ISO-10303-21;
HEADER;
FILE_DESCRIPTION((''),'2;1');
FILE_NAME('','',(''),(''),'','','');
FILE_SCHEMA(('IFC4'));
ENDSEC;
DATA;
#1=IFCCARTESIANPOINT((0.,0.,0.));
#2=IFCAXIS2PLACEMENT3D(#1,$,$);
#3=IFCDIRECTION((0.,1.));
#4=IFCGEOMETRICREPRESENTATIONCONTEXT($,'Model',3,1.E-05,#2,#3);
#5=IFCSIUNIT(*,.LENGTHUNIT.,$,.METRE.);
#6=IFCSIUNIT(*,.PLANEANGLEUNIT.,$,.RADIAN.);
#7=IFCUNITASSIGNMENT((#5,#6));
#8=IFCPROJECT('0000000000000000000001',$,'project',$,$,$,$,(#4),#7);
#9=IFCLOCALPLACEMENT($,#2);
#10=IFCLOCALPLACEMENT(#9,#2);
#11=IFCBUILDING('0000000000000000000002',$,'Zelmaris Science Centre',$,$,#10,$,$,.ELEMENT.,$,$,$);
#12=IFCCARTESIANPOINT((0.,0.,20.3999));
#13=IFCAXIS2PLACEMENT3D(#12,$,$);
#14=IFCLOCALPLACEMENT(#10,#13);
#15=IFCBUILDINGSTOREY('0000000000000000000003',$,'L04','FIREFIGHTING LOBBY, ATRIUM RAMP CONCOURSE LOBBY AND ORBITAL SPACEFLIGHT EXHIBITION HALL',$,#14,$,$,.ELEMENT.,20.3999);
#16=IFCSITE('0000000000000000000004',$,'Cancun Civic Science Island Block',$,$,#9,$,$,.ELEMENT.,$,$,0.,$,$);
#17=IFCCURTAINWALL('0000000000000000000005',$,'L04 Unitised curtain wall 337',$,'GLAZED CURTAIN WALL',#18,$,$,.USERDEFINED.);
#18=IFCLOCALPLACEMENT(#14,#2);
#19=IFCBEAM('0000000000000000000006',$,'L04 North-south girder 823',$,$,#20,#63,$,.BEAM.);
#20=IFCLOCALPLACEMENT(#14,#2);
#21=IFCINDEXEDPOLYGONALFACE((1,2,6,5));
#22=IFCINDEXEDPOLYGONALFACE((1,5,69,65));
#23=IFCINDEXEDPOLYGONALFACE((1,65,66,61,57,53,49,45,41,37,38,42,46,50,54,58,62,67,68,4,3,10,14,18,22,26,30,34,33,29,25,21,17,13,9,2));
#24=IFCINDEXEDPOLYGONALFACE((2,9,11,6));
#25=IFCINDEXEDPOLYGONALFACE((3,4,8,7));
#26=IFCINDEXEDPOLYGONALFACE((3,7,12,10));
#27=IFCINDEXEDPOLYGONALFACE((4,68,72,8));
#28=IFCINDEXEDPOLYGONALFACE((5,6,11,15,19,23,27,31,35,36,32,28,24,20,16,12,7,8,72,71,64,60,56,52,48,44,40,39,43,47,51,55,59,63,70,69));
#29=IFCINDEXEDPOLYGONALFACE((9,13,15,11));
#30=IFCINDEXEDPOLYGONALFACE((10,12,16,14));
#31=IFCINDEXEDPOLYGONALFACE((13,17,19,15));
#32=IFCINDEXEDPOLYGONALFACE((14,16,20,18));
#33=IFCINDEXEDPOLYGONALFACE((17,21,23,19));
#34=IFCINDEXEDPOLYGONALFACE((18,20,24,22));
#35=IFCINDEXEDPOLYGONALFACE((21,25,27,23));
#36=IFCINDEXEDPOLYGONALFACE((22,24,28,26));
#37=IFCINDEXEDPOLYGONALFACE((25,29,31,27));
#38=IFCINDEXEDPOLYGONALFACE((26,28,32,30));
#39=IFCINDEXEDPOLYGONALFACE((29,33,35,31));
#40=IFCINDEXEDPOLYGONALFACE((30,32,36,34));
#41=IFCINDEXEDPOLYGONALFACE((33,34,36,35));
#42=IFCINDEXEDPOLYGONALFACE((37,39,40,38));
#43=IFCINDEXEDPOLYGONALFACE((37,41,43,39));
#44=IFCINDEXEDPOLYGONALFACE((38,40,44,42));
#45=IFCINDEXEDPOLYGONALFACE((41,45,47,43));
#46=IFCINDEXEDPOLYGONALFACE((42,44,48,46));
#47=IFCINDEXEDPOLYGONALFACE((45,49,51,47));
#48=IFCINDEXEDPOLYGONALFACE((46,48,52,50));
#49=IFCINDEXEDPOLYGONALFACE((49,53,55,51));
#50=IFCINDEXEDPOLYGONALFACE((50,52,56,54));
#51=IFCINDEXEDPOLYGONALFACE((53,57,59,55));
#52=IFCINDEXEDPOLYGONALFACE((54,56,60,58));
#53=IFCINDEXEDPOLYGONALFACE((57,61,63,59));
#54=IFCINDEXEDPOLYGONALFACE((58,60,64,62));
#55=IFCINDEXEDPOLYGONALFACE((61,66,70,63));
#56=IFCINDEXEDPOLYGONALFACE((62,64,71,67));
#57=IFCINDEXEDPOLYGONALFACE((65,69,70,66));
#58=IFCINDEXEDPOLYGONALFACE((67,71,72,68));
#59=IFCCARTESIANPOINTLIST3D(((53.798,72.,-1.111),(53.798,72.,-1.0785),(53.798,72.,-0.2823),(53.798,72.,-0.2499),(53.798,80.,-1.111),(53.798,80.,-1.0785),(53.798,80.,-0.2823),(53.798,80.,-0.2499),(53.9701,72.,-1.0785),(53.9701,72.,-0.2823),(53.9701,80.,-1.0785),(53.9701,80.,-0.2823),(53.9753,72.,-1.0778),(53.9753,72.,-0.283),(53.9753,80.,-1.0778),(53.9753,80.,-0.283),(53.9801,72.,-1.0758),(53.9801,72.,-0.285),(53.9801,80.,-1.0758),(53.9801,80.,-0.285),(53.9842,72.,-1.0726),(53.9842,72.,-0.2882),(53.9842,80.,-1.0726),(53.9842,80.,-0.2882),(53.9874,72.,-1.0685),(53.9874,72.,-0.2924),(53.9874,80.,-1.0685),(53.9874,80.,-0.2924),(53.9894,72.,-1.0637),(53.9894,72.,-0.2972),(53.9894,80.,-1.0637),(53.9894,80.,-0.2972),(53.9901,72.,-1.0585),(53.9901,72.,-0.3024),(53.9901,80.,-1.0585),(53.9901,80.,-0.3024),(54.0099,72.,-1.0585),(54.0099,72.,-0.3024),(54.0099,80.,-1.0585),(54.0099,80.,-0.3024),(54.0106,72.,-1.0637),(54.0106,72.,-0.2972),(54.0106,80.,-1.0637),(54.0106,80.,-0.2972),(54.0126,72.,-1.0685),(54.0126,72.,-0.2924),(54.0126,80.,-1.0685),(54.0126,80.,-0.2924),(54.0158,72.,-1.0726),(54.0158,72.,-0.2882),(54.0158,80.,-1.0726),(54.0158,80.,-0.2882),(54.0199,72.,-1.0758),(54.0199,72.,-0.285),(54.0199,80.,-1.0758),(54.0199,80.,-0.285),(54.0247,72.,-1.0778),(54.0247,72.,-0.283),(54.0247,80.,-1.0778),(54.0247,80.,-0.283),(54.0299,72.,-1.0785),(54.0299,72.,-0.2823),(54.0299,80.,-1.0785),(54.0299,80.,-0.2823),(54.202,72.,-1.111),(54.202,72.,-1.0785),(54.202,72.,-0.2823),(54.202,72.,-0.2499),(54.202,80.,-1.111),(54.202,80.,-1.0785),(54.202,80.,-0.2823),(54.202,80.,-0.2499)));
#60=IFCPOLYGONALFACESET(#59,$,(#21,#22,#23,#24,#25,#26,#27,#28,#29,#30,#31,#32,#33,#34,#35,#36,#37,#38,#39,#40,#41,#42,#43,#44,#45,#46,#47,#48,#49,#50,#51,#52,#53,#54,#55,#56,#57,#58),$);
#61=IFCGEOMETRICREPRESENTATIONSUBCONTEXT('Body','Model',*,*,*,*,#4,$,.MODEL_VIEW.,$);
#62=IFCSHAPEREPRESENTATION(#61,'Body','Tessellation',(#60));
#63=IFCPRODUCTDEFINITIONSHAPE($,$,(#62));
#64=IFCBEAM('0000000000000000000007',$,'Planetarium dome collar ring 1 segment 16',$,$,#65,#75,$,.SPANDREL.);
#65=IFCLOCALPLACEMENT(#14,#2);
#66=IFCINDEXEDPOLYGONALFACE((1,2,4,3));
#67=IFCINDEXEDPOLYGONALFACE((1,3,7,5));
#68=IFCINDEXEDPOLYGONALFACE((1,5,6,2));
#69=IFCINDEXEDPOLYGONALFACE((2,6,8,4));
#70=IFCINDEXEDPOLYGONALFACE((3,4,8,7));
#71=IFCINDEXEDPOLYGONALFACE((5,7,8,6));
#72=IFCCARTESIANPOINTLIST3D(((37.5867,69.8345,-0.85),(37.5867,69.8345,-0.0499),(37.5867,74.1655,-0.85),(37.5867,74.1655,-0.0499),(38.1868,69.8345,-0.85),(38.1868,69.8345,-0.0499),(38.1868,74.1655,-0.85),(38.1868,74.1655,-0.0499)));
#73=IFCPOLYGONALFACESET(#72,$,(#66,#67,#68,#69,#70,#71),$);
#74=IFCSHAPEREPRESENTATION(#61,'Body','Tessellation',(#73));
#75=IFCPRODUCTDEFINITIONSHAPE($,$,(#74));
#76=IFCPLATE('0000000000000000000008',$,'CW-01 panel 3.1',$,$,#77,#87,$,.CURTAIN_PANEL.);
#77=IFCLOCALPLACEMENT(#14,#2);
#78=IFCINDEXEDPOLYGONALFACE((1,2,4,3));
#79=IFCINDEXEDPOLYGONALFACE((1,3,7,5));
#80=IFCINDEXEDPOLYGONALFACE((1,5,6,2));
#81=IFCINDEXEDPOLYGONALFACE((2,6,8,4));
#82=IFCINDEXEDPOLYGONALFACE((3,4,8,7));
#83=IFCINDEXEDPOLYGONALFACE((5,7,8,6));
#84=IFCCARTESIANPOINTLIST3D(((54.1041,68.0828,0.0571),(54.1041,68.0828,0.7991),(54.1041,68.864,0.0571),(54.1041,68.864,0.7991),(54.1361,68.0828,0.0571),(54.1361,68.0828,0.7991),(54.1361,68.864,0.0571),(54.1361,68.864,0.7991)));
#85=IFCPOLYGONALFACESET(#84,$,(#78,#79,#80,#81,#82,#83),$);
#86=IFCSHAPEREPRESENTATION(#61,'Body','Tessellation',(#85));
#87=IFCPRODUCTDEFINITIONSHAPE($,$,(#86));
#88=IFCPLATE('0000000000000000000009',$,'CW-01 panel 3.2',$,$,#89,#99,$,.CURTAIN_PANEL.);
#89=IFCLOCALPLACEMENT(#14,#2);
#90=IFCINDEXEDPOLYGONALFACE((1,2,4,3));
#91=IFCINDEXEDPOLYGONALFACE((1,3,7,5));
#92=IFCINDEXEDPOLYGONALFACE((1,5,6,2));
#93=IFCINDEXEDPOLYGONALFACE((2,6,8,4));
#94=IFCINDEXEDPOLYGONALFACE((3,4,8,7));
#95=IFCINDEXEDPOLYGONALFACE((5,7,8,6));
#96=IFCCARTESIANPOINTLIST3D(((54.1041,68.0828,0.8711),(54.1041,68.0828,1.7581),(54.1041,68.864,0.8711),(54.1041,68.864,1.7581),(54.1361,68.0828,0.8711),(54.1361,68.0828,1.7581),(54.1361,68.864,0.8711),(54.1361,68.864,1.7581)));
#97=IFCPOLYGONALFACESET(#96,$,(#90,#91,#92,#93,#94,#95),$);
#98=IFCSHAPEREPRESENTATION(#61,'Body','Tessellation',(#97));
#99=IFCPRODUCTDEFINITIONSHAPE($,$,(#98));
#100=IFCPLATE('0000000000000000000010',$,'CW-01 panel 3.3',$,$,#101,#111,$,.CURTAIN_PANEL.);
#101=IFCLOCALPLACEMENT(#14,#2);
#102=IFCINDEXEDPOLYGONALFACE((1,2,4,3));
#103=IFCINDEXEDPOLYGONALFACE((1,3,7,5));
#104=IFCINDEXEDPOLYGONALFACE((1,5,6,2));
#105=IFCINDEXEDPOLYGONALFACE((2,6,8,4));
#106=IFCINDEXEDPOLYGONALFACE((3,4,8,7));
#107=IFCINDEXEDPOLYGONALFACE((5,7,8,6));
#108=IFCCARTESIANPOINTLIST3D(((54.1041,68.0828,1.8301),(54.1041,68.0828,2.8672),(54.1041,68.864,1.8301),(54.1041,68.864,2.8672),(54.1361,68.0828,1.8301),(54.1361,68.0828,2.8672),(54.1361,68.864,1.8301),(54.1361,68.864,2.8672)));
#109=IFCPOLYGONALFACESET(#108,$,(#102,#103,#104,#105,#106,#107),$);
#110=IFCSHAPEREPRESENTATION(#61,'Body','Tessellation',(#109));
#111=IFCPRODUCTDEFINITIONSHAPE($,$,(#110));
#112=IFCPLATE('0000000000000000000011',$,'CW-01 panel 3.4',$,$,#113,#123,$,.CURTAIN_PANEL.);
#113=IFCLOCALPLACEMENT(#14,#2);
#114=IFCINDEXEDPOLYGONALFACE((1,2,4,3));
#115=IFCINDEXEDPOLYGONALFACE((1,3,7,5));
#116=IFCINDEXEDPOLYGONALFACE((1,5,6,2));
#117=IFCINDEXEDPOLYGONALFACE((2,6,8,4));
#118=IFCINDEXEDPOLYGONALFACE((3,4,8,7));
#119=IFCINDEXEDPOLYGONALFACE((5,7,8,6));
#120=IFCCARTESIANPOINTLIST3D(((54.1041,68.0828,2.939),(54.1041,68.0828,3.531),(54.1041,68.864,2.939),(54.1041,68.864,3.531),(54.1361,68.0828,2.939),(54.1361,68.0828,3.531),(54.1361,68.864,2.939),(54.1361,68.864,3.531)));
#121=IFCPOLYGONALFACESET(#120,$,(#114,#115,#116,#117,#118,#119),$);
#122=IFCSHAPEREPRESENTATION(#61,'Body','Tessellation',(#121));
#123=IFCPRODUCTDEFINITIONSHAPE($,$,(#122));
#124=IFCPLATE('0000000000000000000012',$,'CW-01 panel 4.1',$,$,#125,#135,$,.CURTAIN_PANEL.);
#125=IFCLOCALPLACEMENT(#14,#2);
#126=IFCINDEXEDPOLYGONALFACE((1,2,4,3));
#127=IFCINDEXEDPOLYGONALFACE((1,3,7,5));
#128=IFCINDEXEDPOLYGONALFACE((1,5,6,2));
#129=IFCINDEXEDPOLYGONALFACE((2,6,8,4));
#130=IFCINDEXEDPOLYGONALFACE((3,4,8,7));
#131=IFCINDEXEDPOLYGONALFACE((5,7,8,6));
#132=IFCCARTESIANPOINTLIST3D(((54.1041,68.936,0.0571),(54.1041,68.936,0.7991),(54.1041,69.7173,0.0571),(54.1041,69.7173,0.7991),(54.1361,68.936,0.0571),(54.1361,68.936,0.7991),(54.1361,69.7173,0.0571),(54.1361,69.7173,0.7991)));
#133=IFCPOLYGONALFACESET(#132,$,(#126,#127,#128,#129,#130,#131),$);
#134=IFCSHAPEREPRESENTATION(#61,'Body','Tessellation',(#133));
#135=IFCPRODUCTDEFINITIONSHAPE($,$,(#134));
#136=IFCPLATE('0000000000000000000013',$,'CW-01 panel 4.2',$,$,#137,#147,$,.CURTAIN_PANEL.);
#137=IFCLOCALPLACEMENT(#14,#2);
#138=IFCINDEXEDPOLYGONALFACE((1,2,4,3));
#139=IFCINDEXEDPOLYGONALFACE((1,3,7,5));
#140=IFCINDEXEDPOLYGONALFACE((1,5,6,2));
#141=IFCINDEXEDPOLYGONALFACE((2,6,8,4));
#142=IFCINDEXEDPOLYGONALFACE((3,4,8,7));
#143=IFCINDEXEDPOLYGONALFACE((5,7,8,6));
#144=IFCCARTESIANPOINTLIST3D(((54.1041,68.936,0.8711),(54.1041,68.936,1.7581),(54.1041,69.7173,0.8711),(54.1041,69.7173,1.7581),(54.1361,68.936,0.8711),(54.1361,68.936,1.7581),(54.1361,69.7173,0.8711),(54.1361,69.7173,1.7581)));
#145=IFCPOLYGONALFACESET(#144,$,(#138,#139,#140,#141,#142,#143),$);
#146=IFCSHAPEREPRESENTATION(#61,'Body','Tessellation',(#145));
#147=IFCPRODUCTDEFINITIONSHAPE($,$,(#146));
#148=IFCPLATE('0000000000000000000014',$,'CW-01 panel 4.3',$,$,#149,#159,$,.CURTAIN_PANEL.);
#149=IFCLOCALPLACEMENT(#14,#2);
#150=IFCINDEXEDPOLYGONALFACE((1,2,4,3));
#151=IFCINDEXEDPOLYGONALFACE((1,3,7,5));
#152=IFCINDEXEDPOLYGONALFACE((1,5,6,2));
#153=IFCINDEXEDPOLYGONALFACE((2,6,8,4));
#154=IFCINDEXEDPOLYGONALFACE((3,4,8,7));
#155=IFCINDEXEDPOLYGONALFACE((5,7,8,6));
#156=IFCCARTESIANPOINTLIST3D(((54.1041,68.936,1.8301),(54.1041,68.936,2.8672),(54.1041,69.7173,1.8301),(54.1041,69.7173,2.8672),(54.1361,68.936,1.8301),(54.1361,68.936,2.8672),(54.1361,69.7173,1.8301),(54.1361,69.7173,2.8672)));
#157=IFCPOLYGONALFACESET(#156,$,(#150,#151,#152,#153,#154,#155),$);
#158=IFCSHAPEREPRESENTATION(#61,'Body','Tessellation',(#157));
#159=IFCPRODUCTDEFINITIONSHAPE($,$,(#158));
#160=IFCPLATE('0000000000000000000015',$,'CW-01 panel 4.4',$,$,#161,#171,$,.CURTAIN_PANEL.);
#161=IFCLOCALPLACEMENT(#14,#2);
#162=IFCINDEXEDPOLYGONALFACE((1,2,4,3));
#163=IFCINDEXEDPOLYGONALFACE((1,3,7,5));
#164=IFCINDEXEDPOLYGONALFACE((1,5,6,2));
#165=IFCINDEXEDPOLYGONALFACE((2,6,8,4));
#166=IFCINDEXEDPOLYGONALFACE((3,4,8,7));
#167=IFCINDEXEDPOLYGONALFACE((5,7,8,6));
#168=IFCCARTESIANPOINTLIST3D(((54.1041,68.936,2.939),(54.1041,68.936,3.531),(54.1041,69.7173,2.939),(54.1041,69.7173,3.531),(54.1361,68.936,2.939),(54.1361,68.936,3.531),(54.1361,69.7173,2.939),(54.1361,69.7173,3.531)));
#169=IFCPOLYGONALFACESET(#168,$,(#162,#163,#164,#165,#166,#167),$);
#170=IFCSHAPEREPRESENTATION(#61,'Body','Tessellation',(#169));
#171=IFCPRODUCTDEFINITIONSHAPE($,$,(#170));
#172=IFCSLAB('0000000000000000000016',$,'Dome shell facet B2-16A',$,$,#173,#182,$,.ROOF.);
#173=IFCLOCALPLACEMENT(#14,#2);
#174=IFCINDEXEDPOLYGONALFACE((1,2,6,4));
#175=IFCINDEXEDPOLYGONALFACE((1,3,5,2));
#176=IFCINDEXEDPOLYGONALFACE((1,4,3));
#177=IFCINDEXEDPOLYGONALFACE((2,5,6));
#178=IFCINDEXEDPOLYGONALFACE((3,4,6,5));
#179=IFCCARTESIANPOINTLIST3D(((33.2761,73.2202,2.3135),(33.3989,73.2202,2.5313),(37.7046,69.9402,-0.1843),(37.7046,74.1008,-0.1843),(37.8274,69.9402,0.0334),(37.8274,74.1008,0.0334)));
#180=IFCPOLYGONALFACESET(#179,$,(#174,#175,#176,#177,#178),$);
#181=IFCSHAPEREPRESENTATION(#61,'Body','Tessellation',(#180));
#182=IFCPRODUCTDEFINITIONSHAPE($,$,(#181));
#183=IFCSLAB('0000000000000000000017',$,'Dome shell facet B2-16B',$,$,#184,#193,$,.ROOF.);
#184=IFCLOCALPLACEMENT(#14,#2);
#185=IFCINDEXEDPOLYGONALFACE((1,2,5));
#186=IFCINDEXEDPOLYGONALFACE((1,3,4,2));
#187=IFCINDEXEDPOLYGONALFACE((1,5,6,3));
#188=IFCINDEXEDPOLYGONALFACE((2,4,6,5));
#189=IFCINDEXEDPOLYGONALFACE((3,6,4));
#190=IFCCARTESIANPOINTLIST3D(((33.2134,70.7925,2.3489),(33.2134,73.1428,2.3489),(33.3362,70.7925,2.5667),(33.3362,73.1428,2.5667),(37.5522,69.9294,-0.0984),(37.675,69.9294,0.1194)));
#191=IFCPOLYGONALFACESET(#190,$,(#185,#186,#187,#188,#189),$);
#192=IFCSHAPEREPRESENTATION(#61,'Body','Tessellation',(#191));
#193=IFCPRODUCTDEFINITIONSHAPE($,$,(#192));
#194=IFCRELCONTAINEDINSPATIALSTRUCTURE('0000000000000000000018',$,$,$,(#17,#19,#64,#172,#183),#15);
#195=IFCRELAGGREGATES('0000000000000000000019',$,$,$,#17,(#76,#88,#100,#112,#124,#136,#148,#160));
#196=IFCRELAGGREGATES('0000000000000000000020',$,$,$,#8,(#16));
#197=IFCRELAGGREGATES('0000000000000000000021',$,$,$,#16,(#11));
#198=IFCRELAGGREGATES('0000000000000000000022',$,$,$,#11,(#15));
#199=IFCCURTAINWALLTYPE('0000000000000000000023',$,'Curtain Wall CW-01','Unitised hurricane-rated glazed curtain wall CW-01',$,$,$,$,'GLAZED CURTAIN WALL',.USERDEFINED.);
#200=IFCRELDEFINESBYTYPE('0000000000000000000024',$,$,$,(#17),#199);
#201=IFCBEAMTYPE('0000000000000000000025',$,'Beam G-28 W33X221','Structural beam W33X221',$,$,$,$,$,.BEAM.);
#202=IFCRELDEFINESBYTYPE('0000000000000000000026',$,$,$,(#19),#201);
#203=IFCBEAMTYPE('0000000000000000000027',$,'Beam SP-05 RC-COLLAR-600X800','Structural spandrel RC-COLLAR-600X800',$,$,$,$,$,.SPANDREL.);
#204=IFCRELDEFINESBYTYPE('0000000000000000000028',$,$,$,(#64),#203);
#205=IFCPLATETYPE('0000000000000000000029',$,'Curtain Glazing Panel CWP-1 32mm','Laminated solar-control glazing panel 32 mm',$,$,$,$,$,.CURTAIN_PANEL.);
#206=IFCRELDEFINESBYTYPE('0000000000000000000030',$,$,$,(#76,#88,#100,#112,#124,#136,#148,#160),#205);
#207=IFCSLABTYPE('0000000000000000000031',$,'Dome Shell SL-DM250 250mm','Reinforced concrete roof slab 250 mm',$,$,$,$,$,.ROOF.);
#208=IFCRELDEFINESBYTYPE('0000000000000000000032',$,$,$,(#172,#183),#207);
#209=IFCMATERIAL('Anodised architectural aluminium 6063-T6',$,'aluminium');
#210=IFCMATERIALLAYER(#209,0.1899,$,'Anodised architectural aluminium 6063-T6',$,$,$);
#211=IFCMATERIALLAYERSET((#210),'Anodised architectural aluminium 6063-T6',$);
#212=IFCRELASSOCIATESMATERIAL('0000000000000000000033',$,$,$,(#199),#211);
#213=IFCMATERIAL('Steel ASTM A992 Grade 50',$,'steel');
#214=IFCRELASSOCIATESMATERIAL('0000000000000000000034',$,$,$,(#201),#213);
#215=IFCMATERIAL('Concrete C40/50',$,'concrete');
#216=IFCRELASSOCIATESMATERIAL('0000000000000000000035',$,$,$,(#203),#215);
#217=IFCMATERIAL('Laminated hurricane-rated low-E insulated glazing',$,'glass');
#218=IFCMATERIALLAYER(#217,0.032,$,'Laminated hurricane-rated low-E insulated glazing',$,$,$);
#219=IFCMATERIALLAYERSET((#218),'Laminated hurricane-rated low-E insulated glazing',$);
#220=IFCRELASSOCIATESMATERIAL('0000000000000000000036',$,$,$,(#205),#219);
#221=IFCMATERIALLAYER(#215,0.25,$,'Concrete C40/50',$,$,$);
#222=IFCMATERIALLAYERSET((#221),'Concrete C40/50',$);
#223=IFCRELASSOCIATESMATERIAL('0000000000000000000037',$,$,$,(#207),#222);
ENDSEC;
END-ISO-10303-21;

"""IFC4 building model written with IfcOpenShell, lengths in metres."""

from ifc_helpers import new_model, si_unit, direction, frame, origin, origin_2d, place, context, subcontext, project, spatial, polyline, rectangle, i_section, outline, extrude, material, layer, layer_set, material_profile, profile_set, type_object, element, aggregate, save


model = new_model("IFC4")

# Units and contexts
model_context = context("Model", 3, precision=1e-05, world=origin(), true_north=direction((0.0, 1.0)))
body_context = subcontext(model_context, "Body", "Model", "MODEL_VIEW")
ifc_project = project(units=[si_unit("LENGTHUNIT", "METRE"), si_unit("PLANEANGLEUNIT", "RADIAN")], contexts=[model_context])

# Site, building, storey
site_placement = place(None, origin())
site = spatial("IfcSite", under=ifc_project, at=site_placement, Name="Cancun Civic Science Island Block", CompositionType="ELEMENT", RefElevation=0.0)
building_placement = place(site_placement, origin())
building = spatial("IfcBuilding", under=site, at=building_placement, Name="Zelmaris Science Centre", CompositionType="ELEMENT")
storey_placement = place(building_placement, frame((0.0, 0.0, 20.3999)))
storey = spatial("IfcBuildingStorey", under=building, at=storey_placement, Name="L04", Description="FIREFIGHTING LOBBY, ATRIUM RAMP CONCOURSE LOBBY AND ORBITAL SPACEFLIGHT EXHIBITION HALL", CompositionType="ELEMENT", Elevation=20.3999)

# Shared definitions
ifc_material_1 = material(Name="Steel ASTM A992 Grade 50", Category="steel")

# Curtain wall
ifc_material_2 = material(Name="Anodised architectural aluminium 6063-T6", Category="aluminium")
ifc_layer_1 = layer(ifc_material_2, 0.1899, Name="Anodised architectural aluminium 6063-T6")
ifc_layer_set_1 = layer_set([ifc_layer_1], Name="Anodised architectural aluminium 6063-T6")
curtain_wall_type = type_object("IfcCurtainWallType", Name="Curtain Wall CW-01", Description="Unitised hurricane-rated glazed curtain wall CW-01", ElementType="GLAZED CURTAIN WALL", PredefinedType="USERDEFINED", material=ifc_layer_set_1)
curtain_wall_placement = place(storey_placement, origin())
curtain_wall = element("IfcCurtainWall", 1, at=curtain_wall_placement, inside=storey, type_object=curtain_wall_type, Name="L04 Unitised curtain wall 337", ObjectType="GLAZED CURTAIN WALL", PredefinedType="USERDEFINED")

# Beams
ifc_material_profile_1 = material_profile(ifc_material_1, i_section(OverallWidth=0.4041, OverallDepth=0.8611, WebThickness=0.0198, FlangeThickness=0.0325, FilletRadius=0.02, at=origin_2d()), Name="W33X221")
ifc_profile_set_1 = profile_set([ifc_material_profile_1], Name="Steel ASTM A992 Grade 50")
beam_type_1 = type_object("IfcBeamType", Name="Beam G-28 W33X221", Description="Structural beam W33X221", PredefinedType="BEAM", material=ifc_profile_set_1)
beam_1_placement = place(storey_placement, frame((54.0, 72.0, -0.6804), z_axis=(0.0, 1.0, 0.0), x_axis=(-1.0, 0.0, 0.0)))
element("IfcBeam", 2, at=beam_1_placement, inside=storey, type_object=beam_type_1, Name="L04 North-south girder 823", PredefinedType="BEAM", context=body_context, shape_type="SweptSolid", body=[
    extrude(i_section(OverallWidth=0.4041, OverallDepth=0.8611, WebThickness=0.0198, FlangeThickness=0.0325, FilletRadius=0.02, at=origin_2d()), origin(), (0.0, 0.0, 1.0), 8.0),
])
ifc_material_3 = material(Name="Concrete C40/50", Category="concrete")
ifc_material_profile_2 = material_profile(ifc_material_3, rectangle(XDim=0.6001, YDim=0.8, at=origin_2d()), Name="RC-COLLAR-600X800")
ifc_profile_set_2 = profile_set([ifc_material_profile_2], Name="Concrete C40/50")
beam_type_2 = type_object("IfcBeamType", Name="Beam SP-05 RC-COLLAR-600X800", Description="Structural spandrel RC-COLLAR-600X800", PredefinedType="SPANDREL", material=ifc_profile_set_2)
beam_2_placement = place(storey_placement, frame((37.8867, 69.8345, -0.45), z_axis=(0.0, 1.0, 0.0), x_axis=(-1.0, 0.0, 0.0)))
element("IfcBeam", 3, at=beam_2_placement, inside=storey, type_object=beam_type_2, Name="Planetarium dome collar ring 1 segment 16", PredefinedType="SPANDREL", context=body_context, shape_type="SweptSolid", body=[
    extrude(rectangle(XDim=0.6001, YDim=0.8, at=origin_2d()), origin(), (0.0, 0.0, 1.0), 4.3311),
])

# Plates
ifc_material_4 = material(Name="Laminated hurricane-rated low-E insulated glazing", Category="glass")
ifc_layer_2 = layer(ifc_material_4, 0.032, Name="Laminated hurricane-rated low-E insulated glazing")
ifc_layer_set_2 = layer_set([ifc_layer_2], Name="Laminated hurricane-rated low-E insulated glazing")
plate_type = type_object("IfcPlateType", Name="Curtain Glazing Panel CWP-1 32mm", Description="Laminated solar-control glazing panel 32 mm", PredefinedType="CURTAIN_PANEL", material=ifc_layer_set_2)
plate_1_placement = place(storey_placement, frame((54.1201, 68.4734, 0.0571), z_axis=(0.0, 0.0, 1.0), x_axis=(0.0, 1.0, 0.0)))
plate_1 = element("IfcPlate", 4, at=plate_1_placement, type_object=plate_type, Name="CW-01 panel 3.1", PredefinedType="CURTAIN_PANEL", context=body_context, shape_type="SweptSolid", body=[
    extrude(rectangle(XDim=0.7812, YDim=0.032, at=origin_2d()), origin(), (0.0, 0.0, 1.0), 0.7419),
])
plate_2_placement = place(storey_placement, frame((54.1201, 68.4734, 0.8711), z_axis=(0.0, 0.0, 1.0), x_axis=(0.0, 1.0, 0.0)))
plate_2 = element("IfcPlate", 5, at=plate_2_placement, type_object=plate_type, Name="CW-01 panel 3.2", PredefinedType="CURTAIN_PANEL", context=body_context, shape_type="SweptSolid", body=[
    extrude(rectangle(XDim=0.7812, YDim=0.032, at=origin_2d()), origin(), (0.0, 0.0, 1.0), 0.887),
])
plate_3_placement = place(storey_placement, frame((54.1201, 68.4734, 1.8301), z_axis=(0.0, 0.0, 1.0), x_axis=(0.0, 1.0, 0.0)))
plate_3 = element("IfcPlate", 6, at=plate_3_placement, type_object=plate_type, Name="CW-01 panel 3.3", PredefinedType="CURTAIN_PANEL", context=body_context, shape_type="SweptSolid", body=[
    extrude(rectangle(XDim=0.7812, YDim=0.032, at=origin_2d()), origin(), (0.0, 0.0, 1.0), 1.0371),
])
plate_4_placement = place(storey_placement, frame((54.1201, 68.4734, 2.939), z_axis=(0.0, 0.0, 1.0), x_axis=(0.0, 1.0, 0.0)))
plate_4 = element("IfcPlate", 7, at=plate_4_placement, type_object=plate_type, Name="CW-01 panel 3.4", PredefinedType="CURTAIN_PANEL", context=body_context, shape_type="SweptSolid", body=[
    extrude(rectangle(XDim=0.7812, YDim=0.032, at=origin_2d()), origin(), (0.0, 0.0, 1.0), 0.592),
])
plate_5_placement = place(storey_placement, frame((54.1201, 69.3267, 0.0571), z_axis=(0.0, 0.0, 1.0), x_axis=(0.0, 1.0, 0.0)))
plate_5 = element("IfcPlate", 8, at=plate_5_placement, type_object=plate_type, Name="CW-01 panel 4.1", PredefinedType="CURTAIN_PANEL", context=body_context, shape_type="SweptSolid", body=[
    extrude(rectangle(XDim=0.7812, YDim=0.032, at=origin_2d()), origin(), (0.0, 0.0, 1.0), 0.7419),
])
plate_6_placement = place(storey_placement, frame((54.1201, 69.3267, 0.8711), z_axis=(0.0, 0.0, 1.0), x_axis=(0.0, 1.0, 0.0)))
plate_6 = element("IfcPlate", 9, at=plate_6_placement, type_object=plate_type, Name="CW-01 panel 4.2", PredefinedType="CURTAIN_PANEL", context=body_context, shape_type="SweptSolid", body=[
    extrude(rectangle(XDim=0.7812, YDim=0.032, at=origin_2d()), origin(), (0.0, 0.0, 1.0), 0.887),
])
plate_7_placement = place(storey_placement, frame((54.1201, 69.3267, 1.8301), z_axis=(0.0, 0.0, 1.0), x_axis=(0.0, 1.0, 0.0)))
plate_7 = element("IfcPlate", 10, at=plate_7_placement, type_object=plate_type, Name="CW-01 panel 4.3", PredefinedType="CURTAIN_PANEL", context=body_context, shape_type="SweptSolid", body=[
    extrude(rectangle(XDim=0.7812, YDim=0.032, at=origin_2d()), origin(), (0.0, 0.0, 1.0), 1.0371),
])
plate_8_placement = place(storey_placement, frame((54.1201, 69.3267, 2.939), z_axis=(0.0, 0.0, 1.0), x_axis=(0.0, 1.0, 0.0)))
plate_8 = element("IfcPlate", 11, at=plate_8_placement, type_object=plate_type, Name="CW-01 panel 4.4", PredefinedType="CURTAIN_PANEL", context=body_context, shape_type="SweptSolid", body=[
    extrude(rectangle(XDim=0.7812, YDim=0.032, at=origin_2d()), origin(), (0.0, 0.0, 1.0), 0.592),
])
aggregate(curtain_wall, [plate_1, plate_2, plate_3, plate_4, plate_5, plate_6, plate_7, plate_8])

# Slabs
ifc_layer_3 = layer(ifc_material_3, 0.25, Name="Concrete C40/50")
ifc_layer_set_3 = layer_set([ifc_layer_3], Name="Concrete C40/50")
slab_type = type_object("IfcSlabType", Name="Dome Shell SL-DM250 250mm", Description="Reinforced concrete roof slab 250 mm", PredefinedType="ROOF", material=ifc_layer_set_3)
slab_1_placement = place(storey_placement, frame((37.8274, 69.9402, 0.0334), z_axis=(0.491275, 0.0, 0.871004), x_axis=(0.0, 1.0, 0.0)))
element("IfcSlab", 12, at=slab_1_placement, inside=storey, type_object=slab_type, Name="Dome shell facet B2-16A", PredefinedType="ROOF", context=body_context, shape_type="SweptSolid", body=[
    extrude(outline(polyline([(0.0, 0.0), (4.1606, 0.0), (3.28, 5.0843), (0.0, 0.0)])), origin(), (0.0, 0.0, -1.0), 0.25),
])
slab_2_placement = place(storey_placement, frame((37.675, 69.9294, 0.1194), z_axis=(0.491275, 0.0, 0.871004), x_axis=(-0.731933, 0.542072, 0.412835)))
element("IfcSlab", 13, at=slab_2_placement, inside=storey, type_object=slab_type, Name="Dome shell facet B2-16B", PredefinedType="ROOF", context=body_context, shape_type="SweptSolid", body=[
    extrude(outline(polyline([(0.0, 0.0), (5.928, 0.0), (4.6539, 1.9751), (0.0, 0.0)])), origin(), (0.0, 0.0, -1.0), 0.25),
])

save(model, "model.ifc")
